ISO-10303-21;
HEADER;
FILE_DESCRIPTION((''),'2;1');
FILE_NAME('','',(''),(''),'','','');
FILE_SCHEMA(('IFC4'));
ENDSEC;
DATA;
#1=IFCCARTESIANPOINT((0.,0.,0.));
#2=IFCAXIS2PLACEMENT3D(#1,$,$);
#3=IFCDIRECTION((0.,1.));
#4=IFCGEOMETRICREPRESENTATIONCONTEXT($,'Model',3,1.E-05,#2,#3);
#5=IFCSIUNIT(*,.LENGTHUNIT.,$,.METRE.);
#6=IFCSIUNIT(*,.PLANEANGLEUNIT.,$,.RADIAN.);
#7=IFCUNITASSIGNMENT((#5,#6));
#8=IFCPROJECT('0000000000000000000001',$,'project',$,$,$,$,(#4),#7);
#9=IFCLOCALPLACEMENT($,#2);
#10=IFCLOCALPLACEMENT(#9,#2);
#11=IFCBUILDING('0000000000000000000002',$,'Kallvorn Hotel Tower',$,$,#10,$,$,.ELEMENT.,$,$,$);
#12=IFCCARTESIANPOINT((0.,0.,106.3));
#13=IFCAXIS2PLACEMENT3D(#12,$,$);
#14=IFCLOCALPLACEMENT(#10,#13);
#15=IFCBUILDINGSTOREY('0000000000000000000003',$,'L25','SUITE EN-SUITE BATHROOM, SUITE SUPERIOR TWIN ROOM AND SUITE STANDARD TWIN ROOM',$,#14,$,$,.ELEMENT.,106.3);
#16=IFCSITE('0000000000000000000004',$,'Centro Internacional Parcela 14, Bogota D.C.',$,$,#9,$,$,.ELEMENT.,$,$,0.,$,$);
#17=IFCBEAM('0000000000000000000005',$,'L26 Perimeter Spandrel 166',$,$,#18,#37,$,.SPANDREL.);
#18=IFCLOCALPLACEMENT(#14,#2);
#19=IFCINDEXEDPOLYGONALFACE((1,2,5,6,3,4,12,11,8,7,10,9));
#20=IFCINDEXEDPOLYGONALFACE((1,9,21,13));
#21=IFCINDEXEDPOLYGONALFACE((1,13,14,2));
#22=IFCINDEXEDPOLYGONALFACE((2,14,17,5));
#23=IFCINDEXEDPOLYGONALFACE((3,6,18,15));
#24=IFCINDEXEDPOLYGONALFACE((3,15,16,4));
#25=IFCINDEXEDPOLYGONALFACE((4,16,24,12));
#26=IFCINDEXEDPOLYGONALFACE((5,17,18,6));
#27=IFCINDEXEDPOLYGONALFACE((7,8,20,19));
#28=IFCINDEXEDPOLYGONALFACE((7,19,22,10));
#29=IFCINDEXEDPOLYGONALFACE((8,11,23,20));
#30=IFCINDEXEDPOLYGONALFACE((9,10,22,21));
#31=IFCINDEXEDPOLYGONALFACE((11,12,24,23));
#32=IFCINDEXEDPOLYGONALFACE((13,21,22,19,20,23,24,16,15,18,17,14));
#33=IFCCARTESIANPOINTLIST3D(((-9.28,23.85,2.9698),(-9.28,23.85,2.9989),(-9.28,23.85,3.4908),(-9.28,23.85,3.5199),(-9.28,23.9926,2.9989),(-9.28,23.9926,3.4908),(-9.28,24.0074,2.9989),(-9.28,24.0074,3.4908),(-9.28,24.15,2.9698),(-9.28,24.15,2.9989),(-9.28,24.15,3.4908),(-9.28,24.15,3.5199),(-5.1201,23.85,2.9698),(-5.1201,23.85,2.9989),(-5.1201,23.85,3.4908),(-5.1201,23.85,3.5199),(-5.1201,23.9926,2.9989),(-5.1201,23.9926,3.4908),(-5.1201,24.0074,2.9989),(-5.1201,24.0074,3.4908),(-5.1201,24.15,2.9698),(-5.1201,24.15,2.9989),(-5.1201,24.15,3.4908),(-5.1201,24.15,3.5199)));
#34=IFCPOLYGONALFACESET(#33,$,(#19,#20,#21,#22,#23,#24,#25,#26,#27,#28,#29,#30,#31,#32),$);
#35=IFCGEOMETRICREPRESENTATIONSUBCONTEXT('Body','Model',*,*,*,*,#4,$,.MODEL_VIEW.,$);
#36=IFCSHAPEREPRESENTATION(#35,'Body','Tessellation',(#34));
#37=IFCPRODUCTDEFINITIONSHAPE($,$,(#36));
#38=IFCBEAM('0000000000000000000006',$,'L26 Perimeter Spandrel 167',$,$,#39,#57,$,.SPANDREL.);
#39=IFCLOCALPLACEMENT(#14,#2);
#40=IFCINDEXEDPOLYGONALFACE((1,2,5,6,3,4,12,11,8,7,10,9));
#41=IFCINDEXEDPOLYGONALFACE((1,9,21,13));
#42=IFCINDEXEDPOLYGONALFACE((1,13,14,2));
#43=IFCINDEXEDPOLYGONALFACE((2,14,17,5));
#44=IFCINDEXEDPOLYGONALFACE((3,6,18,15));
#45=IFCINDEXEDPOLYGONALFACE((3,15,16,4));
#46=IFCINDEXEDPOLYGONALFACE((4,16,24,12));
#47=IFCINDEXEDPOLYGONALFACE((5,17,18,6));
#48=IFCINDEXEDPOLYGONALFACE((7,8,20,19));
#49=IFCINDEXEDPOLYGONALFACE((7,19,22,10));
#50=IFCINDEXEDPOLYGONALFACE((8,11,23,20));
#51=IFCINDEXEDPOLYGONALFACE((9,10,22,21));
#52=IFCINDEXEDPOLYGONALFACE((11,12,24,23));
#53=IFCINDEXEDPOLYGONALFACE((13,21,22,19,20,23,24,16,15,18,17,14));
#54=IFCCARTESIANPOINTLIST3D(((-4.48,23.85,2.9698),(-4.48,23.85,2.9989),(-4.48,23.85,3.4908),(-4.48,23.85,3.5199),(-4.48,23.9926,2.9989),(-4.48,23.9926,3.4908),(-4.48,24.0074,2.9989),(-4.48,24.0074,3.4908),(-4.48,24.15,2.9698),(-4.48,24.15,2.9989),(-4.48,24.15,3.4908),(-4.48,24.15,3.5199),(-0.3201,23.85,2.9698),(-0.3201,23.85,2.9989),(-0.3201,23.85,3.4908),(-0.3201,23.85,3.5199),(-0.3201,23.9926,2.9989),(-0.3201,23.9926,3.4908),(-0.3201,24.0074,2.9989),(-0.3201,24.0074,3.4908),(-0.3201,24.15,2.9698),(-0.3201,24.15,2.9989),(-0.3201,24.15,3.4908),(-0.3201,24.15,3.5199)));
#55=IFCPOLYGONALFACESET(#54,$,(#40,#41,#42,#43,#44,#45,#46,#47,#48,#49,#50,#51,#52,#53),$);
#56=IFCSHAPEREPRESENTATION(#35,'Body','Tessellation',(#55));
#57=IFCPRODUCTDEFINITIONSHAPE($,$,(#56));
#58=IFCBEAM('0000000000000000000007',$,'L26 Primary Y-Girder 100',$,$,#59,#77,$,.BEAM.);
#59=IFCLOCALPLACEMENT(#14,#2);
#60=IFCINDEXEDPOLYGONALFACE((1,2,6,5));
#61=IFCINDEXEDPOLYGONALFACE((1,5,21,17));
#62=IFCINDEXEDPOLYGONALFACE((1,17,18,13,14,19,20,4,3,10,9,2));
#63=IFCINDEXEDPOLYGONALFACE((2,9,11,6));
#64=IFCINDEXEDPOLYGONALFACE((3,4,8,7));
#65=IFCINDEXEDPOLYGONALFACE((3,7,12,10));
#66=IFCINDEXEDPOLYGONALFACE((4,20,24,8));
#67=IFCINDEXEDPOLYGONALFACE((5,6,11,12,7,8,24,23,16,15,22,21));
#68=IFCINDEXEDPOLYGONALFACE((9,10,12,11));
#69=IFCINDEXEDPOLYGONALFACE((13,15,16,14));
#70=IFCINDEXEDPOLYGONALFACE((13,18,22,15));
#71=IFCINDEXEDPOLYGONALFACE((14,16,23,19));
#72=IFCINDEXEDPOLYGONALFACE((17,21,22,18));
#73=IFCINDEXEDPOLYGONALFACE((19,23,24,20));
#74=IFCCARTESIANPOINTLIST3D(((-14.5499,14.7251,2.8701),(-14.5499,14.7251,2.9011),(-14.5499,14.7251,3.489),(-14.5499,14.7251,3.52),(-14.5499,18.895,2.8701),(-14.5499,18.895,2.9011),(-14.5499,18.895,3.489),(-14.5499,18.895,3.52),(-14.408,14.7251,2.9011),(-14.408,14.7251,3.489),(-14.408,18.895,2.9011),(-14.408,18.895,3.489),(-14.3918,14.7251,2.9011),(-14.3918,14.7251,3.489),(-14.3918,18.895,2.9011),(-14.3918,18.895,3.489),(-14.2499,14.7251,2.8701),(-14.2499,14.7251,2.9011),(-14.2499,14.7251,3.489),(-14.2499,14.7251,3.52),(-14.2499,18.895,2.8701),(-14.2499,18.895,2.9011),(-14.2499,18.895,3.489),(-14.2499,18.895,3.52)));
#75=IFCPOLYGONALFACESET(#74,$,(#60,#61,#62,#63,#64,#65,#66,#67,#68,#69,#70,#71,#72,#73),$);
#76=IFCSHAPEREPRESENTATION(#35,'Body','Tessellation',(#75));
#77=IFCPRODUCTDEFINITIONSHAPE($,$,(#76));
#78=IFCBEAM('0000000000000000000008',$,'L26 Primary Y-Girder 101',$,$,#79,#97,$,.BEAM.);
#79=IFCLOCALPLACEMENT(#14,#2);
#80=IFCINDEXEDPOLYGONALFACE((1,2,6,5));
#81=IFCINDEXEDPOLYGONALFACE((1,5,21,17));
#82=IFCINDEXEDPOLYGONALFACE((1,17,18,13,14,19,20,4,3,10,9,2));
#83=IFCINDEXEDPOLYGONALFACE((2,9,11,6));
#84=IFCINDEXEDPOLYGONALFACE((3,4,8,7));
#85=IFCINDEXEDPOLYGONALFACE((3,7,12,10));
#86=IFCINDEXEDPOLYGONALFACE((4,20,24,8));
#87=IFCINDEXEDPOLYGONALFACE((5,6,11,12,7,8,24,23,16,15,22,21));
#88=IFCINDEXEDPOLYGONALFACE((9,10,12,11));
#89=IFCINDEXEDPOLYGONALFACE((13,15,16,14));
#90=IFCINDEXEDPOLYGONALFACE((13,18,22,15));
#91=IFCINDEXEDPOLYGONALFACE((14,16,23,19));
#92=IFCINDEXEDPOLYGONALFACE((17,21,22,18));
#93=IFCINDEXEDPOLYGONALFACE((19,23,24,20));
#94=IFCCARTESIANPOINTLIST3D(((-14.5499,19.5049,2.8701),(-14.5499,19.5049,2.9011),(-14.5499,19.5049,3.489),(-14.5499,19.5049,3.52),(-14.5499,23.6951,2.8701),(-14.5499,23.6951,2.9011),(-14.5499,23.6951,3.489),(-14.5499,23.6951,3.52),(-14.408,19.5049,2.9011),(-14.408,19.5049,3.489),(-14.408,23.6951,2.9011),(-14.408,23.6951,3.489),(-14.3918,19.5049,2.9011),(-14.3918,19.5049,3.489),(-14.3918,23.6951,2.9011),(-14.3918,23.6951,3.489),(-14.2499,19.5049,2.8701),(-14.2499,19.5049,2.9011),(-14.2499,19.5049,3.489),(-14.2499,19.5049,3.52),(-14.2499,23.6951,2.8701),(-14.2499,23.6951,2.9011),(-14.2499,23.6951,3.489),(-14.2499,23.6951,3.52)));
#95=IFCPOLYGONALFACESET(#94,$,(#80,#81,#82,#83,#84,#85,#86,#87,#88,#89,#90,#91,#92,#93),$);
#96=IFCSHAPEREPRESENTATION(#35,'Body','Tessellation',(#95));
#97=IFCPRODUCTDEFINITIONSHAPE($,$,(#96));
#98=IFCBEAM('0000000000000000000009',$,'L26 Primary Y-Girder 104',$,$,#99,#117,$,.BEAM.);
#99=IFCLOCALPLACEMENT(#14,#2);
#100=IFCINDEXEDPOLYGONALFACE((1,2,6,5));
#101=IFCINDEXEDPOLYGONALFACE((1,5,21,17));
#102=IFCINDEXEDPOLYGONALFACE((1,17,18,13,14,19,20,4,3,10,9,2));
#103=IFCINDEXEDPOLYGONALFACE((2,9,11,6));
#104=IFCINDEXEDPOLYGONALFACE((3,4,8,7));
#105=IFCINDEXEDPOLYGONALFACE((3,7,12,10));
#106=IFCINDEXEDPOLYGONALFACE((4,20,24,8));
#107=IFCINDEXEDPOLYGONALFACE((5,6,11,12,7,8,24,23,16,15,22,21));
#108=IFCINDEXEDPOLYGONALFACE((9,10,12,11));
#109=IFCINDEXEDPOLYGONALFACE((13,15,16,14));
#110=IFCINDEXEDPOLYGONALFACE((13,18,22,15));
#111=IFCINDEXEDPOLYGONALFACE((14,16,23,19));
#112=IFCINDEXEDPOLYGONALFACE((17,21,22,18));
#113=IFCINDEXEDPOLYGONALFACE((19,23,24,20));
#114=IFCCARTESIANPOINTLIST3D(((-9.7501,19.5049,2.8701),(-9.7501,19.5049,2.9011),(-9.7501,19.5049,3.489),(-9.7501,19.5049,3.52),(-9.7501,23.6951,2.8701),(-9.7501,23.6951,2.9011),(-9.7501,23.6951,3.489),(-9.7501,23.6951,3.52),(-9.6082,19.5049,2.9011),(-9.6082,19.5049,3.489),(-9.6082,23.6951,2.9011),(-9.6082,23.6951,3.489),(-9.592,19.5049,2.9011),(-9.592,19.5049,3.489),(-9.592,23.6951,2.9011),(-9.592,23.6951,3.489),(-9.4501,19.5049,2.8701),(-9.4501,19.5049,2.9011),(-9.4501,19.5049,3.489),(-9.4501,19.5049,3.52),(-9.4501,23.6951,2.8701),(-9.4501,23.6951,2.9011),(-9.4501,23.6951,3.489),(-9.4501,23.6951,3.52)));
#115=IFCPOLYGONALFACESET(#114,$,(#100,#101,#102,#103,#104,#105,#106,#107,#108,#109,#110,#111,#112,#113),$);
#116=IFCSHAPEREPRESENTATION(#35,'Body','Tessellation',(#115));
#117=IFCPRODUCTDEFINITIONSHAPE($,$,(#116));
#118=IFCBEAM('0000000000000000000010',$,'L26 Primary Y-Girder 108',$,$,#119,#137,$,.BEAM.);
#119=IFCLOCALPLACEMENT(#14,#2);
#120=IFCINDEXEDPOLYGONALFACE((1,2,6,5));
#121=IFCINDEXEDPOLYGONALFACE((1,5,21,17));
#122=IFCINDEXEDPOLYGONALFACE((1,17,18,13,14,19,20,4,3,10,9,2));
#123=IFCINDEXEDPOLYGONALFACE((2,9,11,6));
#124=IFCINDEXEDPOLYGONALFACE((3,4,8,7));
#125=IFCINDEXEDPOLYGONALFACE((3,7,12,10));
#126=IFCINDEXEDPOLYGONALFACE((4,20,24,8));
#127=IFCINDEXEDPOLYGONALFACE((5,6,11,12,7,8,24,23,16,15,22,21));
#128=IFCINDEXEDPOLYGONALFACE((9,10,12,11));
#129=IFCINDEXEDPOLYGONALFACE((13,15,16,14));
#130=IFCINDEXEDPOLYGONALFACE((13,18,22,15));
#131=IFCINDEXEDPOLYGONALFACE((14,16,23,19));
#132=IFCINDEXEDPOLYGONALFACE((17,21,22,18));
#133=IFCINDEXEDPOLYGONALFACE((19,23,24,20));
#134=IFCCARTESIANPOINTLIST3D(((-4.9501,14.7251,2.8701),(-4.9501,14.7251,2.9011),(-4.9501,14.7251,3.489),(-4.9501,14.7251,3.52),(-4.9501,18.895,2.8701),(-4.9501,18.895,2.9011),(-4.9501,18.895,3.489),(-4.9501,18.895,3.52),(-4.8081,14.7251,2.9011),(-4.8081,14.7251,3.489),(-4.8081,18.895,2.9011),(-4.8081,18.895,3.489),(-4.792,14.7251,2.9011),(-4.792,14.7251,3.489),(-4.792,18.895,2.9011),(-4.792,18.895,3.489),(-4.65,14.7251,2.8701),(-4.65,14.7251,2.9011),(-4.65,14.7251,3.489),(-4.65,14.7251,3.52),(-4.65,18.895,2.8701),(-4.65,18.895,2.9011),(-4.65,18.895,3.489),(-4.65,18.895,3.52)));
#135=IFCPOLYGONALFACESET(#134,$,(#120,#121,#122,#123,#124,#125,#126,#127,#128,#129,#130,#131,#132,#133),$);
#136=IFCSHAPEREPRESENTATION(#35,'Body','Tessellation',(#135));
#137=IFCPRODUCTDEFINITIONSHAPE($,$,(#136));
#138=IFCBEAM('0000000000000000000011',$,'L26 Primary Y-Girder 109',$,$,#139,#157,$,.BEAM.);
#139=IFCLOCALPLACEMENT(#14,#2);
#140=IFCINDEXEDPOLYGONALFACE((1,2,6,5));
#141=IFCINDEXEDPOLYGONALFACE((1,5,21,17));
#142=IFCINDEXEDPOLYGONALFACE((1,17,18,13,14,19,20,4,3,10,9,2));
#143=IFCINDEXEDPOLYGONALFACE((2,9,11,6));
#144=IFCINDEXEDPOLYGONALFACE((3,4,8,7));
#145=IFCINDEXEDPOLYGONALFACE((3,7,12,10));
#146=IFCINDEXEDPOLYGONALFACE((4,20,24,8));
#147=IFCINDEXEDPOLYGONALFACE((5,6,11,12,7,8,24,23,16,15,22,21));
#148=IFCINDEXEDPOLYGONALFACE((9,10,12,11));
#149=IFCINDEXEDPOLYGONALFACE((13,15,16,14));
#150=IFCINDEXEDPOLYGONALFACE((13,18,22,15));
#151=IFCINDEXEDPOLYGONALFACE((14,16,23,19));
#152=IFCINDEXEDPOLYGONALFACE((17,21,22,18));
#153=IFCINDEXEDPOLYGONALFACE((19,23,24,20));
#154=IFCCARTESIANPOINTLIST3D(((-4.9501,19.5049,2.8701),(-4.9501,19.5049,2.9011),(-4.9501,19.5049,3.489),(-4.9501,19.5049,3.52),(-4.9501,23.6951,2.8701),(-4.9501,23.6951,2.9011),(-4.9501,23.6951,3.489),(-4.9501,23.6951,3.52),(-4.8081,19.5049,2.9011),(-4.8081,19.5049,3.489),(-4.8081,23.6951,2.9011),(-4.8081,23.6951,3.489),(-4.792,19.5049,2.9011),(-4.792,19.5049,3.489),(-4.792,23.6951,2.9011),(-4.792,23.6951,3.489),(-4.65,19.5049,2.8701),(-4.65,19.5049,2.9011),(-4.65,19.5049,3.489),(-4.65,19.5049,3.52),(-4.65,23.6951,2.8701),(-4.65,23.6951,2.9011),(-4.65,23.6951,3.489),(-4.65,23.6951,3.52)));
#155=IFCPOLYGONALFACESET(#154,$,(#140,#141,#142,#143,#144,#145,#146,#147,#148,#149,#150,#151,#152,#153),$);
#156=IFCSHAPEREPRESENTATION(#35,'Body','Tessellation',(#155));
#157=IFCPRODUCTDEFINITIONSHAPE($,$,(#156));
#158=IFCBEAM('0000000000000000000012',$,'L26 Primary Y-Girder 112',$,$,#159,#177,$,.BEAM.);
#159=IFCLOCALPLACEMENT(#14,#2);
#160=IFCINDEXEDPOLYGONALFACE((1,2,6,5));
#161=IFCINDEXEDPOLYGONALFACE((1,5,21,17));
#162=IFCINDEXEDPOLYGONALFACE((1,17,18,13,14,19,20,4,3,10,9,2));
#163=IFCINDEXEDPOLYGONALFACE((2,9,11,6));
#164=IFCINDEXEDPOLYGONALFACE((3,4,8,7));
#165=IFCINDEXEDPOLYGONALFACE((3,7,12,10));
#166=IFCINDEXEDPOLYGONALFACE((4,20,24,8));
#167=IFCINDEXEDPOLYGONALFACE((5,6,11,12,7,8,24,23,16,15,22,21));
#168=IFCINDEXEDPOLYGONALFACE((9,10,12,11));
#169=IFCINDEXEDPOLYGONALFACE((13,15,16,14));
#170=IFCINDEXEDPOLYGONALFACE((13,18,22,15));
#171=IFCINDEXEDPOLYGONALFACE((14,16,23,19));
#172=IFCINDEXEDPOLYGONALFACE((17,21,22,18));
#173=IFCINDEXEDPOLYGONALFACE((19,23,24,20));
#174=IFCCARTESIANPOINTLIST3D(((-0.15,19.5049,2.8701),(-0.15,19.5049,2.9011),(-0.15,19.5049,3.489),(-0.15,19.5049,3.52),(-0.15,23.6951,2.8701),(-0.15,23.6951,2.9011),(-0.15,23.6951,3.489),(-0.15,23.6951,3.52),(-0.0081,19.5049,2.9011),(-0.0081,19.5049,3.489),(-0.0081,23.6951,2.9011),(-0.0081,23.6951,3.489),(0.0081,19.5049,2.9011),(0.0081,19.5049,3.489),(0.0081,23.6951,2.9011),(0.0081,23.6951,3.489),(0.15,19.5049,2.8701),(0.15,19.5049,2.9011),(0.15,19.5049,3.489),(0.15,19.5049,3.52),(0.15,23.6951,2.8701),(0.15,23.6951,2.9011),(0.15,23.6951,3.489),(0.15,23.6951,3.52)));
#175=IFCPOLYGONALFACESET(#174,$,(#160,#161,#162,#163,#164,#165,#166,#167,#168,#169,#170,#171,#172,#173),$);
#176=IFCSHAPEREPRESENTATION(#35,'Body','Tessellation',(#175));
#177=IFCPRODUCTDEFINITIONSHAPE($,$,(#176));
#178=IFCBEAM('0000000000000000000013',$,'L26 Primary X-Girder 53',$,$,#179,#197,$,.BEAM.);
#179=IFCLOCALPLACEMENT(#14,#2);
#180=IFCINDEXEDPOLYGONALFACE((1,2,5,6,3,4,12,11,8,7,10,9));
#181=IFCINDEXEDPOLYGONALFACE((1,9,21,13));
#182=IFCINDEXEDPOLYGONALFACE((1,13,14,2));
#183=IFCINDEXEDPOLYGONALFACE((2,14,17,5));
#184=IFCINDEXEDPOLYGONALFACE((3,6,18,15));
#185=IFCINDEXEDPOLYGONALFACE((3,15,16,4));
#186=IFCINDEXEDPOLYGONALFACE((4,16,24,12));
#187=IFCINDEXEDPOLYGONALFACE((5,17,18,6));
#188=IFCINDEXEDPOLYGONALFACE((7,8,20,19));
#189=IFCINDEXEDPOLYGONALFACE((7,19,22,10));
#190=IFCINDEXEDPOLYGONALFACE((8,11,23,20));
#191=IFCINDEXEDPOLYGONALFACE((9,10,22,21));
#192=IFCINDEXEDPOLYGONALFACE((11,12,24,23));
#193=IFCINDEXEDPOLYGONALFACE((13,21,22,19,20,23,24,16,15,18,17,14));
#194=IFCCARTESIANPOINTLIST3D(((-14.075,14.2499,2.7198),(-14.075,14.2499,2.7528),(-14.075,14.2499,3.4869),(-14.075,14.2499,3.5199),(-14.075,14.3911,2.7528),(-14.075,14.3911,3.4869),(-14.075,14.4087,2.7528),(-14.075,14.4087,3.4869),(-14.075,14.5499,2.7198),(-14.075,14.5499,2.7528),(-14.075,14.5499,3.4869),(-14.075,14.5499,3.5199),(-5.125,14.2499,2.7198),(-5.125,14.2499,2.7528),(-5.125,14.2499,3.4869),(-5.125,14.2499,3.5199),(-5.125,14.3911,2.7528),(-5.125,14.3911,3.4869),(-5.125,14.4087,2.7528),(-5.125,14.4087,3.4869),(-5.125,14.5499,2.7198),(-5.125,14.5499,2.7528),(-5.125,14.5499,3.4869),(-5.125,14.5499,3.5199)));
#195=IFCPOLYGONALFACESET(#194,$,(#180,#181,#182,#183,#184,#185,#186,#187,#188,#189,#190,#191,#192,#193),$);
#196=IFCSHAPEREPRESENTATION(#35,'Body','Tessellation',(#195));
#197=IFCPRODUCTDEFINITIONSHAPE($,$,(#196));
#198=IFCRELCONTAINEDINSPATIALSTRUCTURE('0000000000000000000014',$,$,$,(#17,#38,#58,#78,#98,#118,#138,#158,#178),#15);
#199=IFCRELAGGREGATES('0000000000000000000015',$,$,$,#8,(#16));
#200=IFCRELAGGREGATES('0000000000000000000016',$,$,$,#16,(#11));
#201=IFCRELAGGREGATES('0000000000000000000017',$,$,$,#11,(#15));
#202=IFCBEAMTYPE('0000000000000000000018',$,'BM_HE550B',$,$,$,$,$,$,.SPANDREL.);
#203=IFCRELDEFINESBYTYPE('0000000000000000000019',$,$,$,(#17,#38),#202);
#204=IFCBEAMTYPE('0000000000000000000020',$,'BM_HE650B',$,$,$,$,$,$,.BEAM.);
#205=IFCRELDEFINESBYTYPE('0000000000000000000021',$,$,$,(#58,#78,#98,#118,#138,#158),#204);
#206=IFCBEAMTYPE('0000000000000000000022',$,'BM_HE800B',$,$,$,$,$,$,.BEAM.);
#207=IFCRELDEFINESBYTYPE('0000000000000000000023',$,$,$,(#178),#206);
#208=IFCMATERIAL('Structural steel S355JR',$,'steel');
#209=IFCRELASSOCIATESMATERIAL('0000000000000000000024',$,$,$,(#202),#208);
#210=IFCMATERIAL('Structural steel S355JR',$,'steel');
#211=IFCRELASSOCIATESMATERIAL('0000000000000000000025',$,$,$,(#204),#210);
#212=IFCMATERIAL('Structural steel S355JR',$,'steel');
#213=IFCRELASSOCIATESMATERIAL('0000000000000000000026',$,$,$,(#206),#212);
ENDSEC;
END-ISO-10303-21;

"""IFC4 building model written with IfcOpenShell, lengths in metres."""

from ifc_helpers import new_model, si_unit, direction, frame, origin, origin_2d, place, context, subcontext, project, spatial, i_section, extrude, material, material_profile, profile_set, type_object, element, save


model = new_model("IFC4")

# Units and contexts
model_context = context("Model", 3, precision=1e-05, world=origin(), true_north=direction((0.0, 1.0)))
body_context = subcontext(model_context, "Body", "Model", "MODEL_VIEW")
ifc_project = project(units=[si_unit("LENGTHUNIT", "METRE"), si_unit("PLANEANGLEUNIT", "RADIAN")], contexts=[model_context])

# Site, building, storey
site_placement = place(None, origin())
site = spatial("IfcSite", under=ifc_project, at=site_placement, Name="Centro Internacional Parcela 14, Bogota D.C.", CompositionType="ELEMENT", RefElevation=0.0)
building_placement = place(site_placement, origin())
building = spatial("IfcBuilding", under=site, at=building_placement, Name="Kallvorn Hotel Tower", CompositionType="ELEMENT")
storey_placement = place(building_placement, frame((0.0, 0.0, 106.3)))
storey = spatial("IfcBuildingStorey", under=building, at=storey_placement, Name="L25", Description="SUITE EN-SUITE BATHROOM, SUITE SUPERIOR TWIN ROOM AND SUITE STANDARD TWIN ROOM", CompositionType="ELEMENT", Elevation=106.3)

# Beams
ifc_material_1 = material(Name="Structural steel S355JR", Category="steel")
ifc_material_profile_1 = material_profile(ifc_material_1, i_section(OverallWidth=0.3, OverallDepth=0.55, WebThickness=0.0149, FlangeThickness=0.0291, at=origin_2d()), Name="HE 550 B")
ifc_profile_set_1 = profile_set([ifc_material_profile_1], Name="Structural steel S355JR")
beam_type_1 = type_object("IfcBeamType", Name="BM_HE550B", PredefinedType="SPANDREL", material=ifc_profile_set_1)
for number, where, z_axis, x_axis, name in (
    (1, (-9.28, 24.0, 3.2449), (1.0, 0.0, 0.0), (0.0, 1.0, 0.0), "L26 Perimeter Spandrel 166"),
    (2, (-4.48, 24.0, 3.2449), (1.0, 0.0, 0.0), (0.0, 1.0, 0.0), "L26 Perimeter Spandrel 167"),
):
    element("IfcBeam", number, at=place(storey_placement, frame(where, z_axis=z_axis, x_axis=x_axis)), inside=storey, type_object=beam_type_1, Name=name, PredefinedType="SPANDREL", context=body_context, shape_type="SweptSolid", body=[
        extrude(i_section(OverallWidth=0.3, OverallDepth=0.55, WebThickness=0.0149, FlangeThickness=0.0291, at=origin_2d()), origin(), (0.0, 0.0, 1.0), 4.1599),
    ])
ifc_material_2 = material(Name="Structural steel S355JR", Category="steel")
ifc_material_profile_2 = material_profile(ifc_material_2, i_section(OverallWidth=0.3, OverallDepth=0.6499, WebThickness=0.0161, FlangeThickness=0.031, at=origin_2d()), Name="HE 650 B")
ifc_profile_set_2 = profile_set([ifc_material_profile_2], Name="Structural steel S355JR")
beam_type_2 = type_object("IfcBeamType", Name="BM_HE650B", PredefinedType="BEAM", material=ifc_profile_set_2)
beam_1_placement = place(storey_placement, frame((-14.3999, 14.7251, 3.1951), z_axis=(0.0, 1.0, 0.0), x_axis=(-1.0, 0.0, 0.0)))
element("IfcBeam", 3, at=beam_1_placement, inside=storey, type_object=beam_type_2, Name="L26 Primary Y-Girder 100", PredefinedType="BEAM", context=body_context, shape_type="SweptSolid", body=[
    extrude(i_section(OverallWidth=0.3, OverallDepth=0.6499, WebThickness=0.0161, FlangeThickness=0.031, at=origin_2d()), origin(), (0.0, 0.0, 1.0), 4.1699),
])
for number, where, z_axis, x_axis, name in (
    (4, (-14.3999, 19.5049, 3.1951), (0.0, 1.0, 0.0), (-1.0, 0.0, 0.0), "L26 Primary Y-Girder 101"),
    (5, (-9.6001, 19.5049, 3.1951), (0.0, 1.0, 0.0), (-1.0, 0.0, 0.0), "L26 Primary Y-Girder 104"),
):
    element("IfcBeam", number, at=place(storey_placement, frame(where, z_axis=z_axis, x_axis=x_axis)), inside=storey, type_object=beam_type_2, Name=name, PredefinedType="BEAM", context=body_context, shape_type="SweptSolid", body=[
        extrude(i_section(OverallWidth=0.3, OverallDepth=0.6499, WebThickness=0.0161, FlangeThickness=0.031, at=origin_2d()), origin(), (0.0, 0.0, 1.0), 4.1902),
    ])
beam_2_placement = place(storey_placement, frame((-4.8, 14.7251, 3.1951), z_axis=(0.0, 1.0, 0.0), x_axis=(-1.0, 0.0, 0.0)))
element("IfcBeam", 6, at=beam_2_placement, inside=storey, type_object=beam_type_2, Name="L26 Primary Y-Girder 108", PredefinedType="BEAM", context=body_context, shape_type="SweptSolid", body=[
    extrude(i_section(OverallWidth=0.3, OverallDepth=0.6499, WebThickness=0.0161, FlangeThickness=0.031, at=origin_2d()), origin(), (0.0, 0.0, 1.0), 4.1699),
])
for number, where, z_axis, x_axis, name in (
    (7, (-4.8, 19.5049, 3.1951), (0.0, 1.0, 0.0), (-1.0, 0.0, 0.0), "L26 Primary Y-Girder 109"),
    (8, (0.0, 19.5049, 3.1951), (0.0, 1.0, 0.0), (-1.0, 0.0, 0.0), "L26 Primary Y-Girder 112"),
):
    element("IfcBeam", number, at=place(storey_placement, frame(where, z_axis=z_axis, x_axis=x_axis)), inside=storey, type_object=beam_type_2, Name=name, PredefinedType="BEAM", context=body_context, shape_type="SweptSolid", body=[
        extrude(i_section(OverallWidth=0.3, OverallDepth=0.6499, WebThickness=0.0161, FlangeThickness=0.031, at=origin_2d()), origin(), (0.0, 0.0, 1.0), 4.1902),
    ])
ifc_material_3 = material(Name="Structural steel S355JR", Category="steel")
ifc_material_profile_3 = material_profile(ifc_material_3, i_section(OverallWidth=0.3, OverallDepth=0.8, WebThickness=0.0176, FlangeThickness=0.033, at=origin_2d()), Name="HE 800 B")
ifc_profile_set_3 = profile_set([ifc_material_profile_3], Name="Structural steel S355JR")
beam_type_3 = type_object("IfcBeamType", Name="BM_HE800B", PredefinedType="BEAM", material=ifc_profile_set_3)
beam_3_placement = place(storey_placement, frame((-14.075, 14.3999, 3.1199), z_axis=(1.0, 0.0, 0.0), x_axis=(0.0, 1.0, 0.0)))
element("IfcBeam", 9, at=beam_3_placement, inside=storey, type_object=beam_type_3, Name="L26 Primary X-Girder 53", PredefinedType="BEAM", context=body_context, shape_type="SweptSolid", body=[
    extrude(i_section(OverallWidth=0.3, OverallDepth=0.8, WebThickness=0.0176, FlangeThickness=0.033, at=origin_2d()), origin(), (0.0, 0.0, 1.0), 8.95),
])

save(model, "model.ifc")
